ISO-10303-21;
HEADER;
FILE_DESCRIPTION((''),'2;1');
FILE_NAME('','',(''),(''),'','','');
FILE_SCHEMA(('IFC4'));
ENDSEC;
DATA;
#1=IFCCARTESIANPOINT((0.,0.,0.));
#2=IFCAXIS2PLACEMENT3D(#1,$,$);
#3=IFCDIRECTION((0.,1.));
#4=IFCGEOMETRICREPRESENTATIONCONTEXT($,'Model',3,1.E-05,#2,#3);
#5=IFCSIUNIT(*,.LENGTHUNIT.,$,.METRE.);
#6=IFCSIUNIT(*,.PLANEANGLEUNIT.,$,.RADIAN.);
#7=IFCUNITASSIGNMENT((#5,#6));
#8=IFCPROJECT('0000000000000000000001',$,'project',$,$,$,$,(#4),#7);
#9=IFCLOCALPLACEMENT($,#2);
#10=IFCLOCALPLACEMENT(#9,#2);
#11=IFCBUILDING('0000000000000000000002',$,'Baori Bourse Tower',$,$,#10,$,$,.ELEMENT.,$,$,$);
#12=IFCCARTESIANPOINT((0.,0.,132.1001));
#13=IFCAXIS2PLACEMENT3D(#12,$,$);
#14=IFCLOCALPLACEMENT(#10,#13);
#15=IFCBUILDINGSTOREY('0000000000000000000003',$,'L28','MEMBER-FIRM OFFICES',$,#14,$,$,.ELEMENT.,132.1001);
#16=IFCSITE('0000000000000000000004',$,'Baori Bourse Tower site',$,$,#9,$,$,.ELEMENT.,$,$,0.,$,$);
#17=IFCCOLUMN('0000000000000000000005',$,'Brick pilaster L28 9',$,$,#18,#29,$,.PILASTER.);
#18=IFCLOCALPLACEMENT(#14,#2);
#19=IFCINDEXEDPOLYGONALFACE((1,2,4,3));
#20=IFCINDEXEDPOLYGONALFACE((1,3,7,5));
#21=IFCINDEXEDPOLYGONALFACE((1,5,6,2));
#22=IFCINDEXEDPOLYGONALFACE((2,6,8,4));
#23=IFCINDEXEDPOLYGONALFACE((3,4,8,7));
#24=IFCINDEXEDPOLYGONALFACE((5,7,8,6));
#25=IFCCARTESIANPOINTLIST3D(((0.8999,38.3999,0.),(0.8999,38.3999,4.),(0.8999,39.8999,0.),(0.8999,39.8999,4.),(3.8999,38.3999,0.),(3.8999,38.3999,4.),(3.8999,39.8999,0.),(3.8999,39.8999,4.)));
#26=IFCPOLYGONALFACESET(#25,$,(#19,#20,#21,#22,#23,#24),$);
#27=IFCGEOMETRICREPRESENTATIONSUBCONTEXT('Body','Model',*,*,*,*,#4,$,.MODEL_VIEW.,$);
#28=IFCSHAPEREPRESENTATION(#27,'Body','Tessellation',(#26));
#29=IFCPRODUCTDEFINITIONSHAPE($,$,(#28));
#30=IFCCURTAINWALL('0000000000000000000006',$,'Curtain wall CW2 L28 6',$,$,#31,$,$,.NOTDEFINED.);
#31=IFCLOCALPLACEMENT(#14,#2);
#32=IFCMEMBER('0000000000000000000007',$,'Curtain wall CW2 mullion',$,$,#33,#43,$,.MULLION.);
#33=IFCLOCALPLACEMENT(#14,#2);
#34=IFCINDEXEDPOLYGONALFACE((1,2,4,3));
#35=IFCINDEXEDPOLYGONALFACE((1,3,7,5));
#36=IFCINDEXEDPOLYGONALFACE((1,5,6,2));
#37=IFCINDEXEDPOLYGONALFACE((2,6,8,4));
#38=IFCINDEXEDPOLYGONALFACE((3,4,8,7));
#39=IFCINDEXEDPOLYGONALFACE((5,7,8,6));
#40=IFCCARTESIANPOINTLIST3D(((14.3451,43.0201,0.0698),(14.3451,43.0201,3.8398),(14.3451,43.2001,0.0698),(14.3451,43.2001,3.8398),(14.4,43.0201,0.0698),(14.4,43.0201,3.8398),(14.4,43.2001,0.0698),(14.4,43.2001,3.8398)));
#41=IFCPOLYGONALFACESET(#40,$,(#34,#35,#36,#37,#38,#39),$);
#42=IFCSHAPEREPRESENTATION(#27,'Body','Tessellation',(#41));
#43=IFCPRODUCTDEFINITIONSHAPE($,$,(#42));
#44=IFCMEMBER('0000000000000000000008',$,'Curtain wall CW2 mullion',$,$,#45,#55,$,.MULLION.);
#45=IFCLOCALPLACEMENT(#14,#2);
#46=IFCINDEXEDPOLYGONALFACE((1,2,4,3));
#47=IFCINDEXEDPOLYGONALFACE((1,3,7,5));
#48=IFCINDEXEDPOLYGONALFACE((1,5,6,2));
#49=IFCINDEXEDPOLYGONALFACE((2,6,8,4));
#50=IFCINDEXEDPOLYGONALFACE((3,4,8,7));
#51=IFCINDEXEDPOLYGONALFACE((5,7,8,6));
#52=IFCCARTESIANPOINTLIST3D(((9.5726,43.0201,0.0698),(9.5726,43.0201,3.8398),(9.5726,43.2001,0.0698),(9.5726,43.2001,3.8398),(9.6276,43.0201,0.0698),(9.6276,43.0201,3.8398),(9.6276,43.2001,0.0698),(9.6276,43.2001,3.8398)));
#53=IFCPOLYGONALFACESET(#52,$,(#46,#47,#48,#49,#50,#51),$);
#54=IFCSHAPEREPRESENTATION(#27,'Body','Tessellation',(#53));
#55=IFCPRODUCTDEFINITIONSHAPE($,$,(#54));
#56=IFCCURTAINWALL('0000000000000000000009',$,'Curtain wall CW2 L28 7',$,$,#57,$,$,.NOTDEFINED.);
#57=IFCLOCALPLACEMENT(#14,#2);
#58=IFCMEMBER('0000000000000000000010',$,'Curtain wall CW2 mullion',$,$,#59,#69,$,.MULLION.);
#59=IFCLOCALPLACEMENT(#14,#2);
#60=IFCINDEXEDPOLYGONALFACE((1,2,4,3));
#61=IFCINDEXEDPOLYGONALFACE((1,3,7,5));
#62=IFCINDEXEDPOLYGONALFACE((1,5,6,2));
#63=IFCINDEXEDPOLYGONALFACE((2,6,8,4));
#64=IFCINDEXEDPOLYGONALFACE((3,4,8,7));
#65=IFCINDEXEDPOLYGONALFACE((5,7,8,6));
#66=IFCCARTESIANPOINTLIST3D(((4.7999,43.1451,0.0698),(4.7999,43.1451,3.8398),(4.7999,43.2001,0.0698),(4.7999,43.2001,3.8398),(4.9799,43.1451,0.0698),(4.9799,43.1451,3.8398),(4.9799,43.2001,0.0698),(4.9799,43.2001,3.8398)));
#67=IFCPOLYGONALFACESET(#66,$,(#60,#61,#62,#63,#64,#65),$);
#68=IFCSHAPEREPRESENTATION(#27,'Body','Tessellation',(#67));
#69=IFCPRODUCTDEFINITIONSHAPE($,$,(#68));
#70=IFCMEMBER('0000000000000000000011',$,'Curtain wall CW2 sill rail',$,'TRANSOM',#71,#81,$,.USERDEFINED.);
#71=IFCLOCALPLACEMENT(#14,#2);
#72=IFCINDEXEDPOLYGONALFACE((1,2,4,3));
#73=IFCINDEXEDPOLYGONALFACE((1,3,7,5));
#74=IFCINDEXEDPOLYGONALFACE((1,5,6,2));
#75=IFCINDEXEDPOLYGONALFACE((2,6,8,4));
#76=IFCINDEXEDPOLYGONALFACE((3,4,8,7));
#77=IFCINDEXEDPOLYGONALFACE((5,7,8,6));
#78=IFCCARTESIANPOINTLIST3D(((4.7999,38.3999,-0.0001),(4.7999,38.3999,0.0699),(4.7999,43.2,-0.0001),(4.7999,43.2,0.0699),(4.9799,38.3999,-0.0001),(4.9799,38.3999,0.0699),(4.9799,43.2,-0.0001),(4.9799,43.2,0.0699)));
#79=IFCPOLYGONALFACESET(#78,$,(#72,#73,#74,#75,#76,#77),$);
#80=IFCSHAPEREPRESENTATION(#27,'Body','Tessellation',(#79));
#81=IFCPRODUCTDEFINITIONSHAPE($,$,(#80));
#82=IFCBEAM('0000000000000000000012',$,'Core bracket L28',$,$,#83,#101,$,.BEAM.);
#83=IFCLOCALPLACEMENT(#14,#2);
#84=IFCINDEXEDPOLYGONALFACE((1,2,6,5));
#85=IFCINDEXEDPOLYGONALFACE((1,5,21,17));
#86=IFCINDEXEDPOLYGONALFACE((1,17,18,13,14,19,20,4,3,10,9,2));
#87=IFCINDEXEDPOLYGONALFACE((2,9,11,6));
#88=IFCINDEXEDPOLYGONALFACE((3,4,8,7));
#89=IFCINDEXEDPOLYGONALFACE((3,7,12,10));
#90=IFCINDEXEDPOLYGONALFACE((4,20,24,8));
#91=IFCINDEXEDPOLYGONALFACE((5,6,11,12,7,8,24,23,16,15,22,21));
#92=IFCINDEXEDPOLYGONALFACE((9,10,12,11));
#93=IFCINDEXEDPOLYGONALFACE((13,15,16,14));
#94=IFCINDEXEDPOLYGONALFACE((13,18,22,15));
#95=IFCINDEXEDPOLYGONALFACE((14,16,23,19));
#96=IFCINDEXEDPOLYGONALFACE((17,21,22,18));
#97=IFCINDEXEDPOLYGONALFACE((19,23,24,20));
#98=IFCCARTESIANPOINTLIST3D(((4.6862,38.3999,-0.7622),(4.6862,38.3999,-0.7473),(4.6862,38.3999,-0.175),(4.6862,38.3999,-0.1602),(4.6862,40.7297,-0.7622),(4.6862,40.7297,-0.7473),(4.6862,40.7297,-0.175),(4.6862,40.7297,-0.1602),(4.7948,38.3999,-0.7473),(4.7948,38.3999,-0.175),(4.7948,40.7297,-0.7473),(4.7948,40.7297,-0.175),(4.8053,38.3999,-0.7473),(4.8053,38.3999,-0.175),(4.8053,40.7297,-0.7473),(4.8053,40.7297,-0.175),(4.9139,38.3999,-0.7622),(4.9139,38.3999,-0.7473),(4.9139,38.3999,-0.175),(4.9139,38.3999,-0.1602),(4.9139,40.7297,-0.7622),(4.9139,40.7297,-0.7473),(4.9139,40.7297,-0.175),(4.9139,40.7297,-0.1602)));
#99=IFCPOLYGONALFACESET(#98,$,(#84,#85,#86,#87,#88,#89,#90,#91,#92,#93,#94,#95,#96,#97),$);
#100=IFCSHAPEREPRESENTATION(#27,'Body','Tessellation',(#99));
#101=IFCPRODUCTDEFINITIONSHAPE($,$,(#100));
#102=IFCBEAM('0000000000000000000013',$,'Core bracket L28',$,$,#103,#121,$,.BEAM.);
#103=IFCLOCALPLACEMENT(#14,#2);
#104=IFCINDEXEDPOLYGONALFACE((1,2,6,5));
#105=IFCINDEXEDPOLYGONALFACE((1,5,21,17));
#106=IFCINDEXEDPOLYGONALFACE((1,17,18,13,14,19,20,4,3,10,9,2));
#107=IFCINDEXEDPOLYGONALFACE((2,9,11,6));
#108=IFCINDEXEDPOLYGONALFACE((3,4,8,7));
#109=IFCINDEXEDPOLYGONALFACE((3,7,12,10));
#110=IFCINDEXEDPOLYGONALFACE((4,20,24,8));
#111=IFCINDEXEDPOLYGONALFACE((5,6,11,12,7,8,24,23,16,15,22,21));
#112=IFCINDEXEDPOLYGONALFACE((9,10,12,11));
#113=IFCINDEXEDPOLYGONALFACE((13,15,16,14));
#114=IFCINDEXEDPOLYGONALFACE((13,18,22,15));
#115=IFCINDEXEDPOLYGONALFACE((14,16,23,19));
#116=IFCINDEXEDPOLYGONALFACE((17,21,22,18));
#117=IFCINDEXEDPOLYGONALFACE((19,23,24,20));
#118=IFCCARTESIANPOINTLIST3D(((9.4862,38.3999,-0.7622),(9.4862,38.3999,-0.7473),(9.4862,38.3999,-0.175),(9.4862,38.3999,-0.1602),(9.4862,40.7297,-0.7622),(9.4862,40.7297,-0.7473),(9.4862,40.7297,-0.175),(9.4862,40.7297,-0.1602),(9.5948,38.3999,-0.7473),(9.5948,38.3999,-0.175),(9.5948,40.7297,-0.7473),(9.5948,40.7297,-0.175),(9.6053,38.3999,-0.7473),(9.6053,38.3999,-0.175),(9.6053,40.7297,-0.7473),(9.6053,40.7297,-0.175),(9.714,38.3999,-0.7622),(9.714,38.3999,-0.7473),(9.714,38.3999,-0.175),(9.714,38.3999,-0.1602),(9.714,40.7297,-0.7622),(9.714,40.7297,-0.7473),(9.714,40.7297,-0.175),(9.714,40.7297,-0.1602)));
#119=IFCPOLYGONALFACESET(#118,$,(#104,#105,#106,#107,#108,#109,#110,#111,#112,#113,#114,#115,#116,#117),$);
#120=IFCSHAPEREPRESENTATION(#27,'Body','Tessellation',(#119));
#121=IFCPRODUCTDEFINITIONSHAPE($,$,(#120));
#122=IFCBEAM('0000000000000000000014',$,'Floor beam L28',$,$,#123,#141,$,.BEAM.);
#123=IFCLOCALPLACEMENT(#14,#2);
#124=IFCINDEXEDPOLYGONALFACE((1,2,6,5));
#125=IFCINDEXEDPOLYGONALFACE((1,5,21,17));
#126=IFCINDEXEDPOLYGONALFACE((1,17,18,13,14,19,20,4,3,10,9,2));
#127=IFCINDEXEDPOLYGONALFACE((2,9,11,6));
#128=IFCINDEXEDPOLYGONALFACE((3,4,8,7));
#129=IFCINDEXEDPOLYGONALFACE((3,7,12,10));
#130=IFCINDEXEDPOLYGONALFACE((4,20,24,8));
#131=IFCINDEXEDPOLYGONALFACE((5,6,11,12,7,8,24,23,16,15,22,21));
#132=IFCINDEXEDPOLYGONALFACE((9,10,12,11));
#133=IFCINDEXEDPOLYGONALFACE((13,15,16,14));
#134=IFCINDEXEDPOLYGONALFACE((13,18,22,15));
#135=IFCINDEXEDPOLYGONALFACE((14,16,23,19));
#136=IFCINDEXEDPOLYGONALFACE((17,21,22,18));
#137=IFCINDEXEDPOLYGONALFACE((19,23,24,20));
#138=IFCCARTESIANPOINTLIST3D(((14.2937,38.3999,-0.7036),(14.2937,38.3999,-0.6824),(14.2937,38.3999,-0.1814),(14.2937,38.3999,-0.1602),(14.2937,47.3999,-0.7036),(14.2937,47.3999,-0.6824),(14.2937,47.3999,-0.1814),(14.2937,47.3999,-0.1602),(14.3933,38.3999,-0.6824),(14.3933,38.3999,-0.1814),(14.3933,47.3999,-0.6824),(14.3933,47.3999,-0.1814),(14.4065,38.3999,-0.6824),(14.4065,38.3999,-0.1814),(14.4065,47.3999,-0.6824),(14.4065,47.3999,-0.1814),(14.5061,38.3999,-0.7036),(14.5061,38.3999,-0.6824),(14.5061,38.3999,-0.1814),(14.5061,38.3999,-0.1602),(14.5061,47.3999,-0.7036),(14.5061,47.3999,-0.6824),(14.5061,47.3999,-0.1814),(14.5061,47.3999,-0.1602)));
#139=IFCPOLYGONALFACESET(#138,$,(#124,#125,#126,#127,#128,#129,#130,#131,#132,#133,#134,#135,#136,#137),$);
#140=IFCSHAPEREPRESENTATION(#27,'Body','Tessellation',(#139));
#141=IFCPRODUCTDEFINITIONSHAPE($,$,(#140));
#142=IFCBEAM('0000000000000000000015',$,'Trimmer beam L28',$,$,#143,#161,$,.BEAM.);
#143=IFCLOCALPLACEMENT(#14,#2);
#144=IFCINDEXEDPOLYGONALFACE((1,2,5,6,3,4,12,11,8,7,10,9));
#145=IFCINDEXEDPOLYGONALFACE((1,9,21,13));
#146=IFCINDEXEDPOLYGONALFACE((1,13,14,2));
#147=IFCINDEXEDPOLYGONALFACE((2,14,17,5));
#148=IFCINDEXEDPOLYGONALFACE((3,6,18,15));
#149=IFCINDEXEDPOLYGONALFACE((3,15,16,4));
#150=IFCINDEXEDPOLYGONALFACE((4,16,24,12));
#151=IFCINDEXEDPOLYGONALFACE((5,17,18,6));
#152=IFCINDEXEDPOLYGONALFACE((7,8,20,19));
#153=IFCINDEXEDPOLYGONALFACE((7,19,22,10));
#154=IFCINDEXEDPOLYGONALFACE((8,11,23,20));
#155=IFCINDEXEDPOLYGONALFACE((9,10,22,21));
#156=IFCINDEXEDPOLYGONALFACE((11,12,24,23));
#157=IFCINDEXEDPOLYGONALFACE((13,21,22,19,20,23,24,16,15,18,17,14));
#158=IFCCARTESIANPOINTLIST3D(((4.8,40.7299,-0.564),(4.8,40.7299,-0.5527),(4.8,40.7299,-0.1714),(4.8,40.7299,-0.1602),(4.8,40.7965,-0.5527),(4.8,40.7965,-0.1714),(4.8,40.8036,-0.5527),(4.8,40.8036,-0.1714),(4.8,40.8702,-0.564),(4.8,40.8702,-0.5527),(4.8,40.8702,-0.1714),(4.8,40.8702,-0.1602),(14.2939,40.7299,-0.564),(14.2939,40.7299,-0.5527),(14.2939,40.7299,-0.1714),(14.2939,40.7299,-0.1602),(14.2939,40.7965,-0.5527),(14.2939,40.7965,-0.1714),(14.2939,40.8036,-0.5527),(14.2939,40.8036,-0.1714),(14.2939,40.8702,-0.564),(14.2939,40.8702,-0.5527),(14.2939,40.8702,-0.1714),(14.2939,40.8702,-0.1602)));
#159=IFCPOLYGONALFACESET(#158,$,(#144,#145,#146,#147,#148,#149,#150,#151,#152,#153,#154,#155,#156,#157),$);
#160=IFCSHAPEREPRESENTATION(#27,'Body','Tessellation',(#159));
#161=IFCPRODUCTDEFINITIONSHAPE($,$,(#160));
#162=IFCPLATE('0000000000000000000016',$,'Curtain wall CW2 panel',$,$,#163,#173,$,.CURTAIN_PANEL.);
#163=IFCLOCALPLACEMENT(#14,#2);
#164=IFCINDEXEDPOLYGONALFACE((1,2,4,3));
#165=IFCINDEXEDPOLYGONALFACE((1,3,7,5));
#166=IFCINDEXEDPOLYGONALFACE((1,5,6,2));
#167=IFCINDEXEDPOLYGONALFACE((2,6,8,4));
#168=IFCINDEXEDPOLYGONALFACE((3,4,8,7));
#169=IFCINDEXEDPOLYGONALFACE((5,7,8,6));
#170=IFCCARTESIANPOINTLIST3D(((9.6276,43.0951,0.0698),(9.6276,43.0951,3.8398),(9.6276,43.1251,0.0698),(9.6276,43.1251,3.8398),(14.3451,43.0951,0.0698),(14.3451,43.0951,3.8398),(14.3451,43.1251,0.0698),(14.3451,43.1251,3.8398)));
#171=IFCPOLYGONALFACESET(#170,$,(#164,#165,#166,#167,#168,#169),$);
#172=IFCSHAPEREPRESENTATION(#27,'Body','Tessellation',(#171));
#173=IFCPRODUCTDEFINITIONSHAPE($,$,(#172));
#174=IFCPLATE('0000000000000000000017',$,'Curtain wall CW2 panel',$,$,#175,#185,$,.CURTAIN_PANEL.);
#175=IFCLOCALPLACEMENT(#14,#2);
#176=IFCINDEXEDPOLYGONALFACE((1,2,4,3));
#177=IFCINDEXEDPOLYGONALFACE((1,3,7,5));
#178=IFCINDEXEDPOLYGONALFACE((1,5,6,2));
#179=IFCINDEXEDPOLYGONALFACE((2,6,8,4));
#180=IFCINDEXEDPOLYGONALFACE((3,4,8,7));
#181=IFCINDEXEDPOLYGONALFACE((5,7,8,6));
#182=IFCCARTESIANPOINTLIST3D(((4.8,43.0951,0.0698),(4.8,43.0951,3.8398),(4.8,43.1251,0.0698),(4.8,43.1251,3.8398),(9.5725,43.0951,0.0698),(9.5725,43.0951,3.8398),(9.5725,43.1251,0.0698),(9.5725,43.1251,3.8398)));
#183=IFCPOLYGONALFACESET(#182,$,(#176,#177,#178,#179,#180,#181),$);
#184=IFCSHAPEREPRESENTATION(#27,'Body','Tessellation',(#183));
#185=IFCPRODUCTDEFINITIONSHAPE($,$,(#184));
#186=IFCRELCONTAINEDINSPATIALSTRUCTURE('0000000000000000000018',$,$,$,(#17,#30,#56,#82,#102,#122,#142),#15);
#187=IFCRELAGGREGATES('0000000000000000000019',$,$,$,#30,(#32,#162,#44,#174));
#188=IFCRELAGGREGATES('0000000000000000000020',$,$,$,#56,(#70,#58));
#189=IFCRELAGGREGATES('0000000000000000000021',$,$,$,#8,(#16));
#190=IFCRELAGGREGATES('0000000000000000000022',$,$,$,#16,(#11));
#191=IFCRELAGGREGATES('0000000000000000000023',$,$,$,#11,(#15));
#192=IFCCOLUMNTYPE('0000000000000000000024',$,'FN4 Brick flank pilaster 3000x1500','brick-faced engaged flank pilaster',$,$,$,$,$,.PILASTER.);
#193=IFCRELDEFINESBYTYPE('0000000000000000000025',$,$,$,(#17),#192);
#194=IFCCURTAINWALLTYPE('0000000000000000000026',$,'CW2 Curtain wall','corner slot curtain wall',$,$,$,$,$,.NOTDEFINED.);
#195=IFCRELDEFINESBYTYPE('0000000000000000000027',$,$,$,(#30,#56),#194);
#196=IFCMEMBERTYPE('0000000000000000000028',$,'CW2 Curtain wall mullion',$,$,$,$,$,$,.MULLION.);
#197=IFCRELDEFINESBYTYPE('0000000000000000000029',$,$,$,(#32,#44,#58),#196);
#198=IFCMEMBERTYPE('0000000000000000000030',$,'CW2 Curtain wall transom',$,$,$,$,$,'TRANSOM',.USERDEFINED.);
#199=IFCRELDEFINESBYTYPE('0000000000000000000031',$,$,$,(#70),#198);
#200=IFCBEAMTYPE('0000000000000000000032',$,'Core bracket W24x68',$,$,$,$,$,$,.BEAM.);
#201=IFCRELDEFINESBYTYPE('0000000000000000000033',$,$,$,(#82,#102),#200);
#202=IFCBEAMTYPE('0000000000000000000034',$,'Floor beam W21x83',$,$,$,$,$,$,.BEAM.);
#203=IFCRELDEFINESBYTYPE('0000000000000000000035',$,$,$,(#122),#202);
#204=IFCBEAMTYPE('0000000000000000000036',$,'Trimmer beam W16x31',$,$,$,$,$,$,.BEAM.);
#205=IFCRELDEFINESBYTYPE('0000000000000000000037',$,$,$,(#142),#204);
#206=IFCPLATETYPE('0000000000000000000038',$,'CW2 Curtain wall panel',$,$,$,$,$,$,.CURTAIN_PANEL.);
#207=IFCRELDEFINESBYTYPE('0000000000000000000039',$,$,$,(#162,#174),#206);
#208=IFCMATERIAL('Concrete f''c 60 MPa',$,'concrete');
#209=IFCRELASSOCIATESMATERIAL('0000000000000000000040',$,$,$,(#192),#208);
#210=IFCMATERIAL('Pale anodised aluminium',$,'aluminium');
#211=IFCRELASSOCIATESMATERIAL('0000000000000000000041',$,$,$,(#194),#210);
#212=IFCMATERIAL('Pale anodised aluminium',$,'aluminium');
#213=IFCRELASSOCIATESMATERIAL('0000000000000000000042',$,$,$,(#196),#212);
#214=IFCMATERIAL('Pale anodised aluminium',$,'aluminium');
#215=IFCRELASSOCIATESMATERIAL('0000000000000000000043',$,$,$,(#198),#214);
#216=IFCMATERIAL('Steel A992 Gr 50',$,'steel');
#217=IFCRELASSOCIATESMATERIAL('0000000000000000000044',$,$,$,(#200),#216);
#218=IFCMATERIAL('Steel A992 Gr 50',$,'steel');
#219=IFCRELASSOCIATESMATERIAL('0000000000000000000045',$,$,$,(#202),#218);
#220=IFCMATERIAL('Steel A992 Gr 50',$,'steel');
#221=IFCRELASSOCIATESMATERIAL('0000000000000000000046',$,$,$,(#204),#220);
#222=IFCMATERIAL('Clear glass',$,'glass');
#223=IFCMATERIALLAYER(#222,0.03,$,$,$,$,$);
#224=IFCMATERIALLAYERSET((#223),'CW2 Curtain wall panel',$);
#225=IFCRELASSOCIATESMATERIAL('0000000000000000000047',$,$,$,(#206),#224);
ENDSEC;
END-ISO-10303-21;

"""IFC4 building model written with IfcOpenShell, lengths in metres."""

from ifc_helpers import new_model, si_unit, direction, frame, origin, origin_2d, place, context, subcontext, project, spatial, rectangle, i_section, extrude, material, layer, layer_set, material_profile, profile_set, type_object, element, aggregate, save


model = new_model("IFC4")

# Units and contexts
model_context = context("Model", 3, precision=1e-05, world=origin(), true_north=direction((0.0, 1.0)))
body_context = subcontext(model_context, "Body", "Model", "MODEL_VIEW")
ifc_project = project(units=[si_unit("LENGTHUNIT", "METRE"), si_unit("PLANEANGLEUNIT", "RADIAN")], contexts=[model_context])

# Site, building, storey
site_placement = place(None, origin())
site = spatial("IfcSite", under=ifc_project, at=site_placement, Name="Baori Bourse Tower site", CompositionType="ELEMENT", RefElevation=0.0)
building_placement = place(site_placement, origin())
building = spatial("IfcBuilding", under=site, at=building_placement, Name="Baori Bourse Tower", CompositionType="ELEMENT")
storey_placement = place(building_placement, frame((0.0, 0.0, 132.1001)))
storey = spatial("IfcBuildingStorey", under=building, at=storey_placement, Name="L28", Description="MEMBER-FIRM OFFICES", CompositionType="ELEMENT", Elevation=132.1001)

# Column
ifc_material_1 = material(Name="Concrete f'c 60 MPa", Category="concrete")
ifc_material_profile_1 = material_profile(ifc_material_1, rectangle(XDim=3.0, YDim=1.5, at=origin_2d()), Name="RC 3000x1500")
ifc_profile_set_1 = profile_set([ifc_material_profile_1], Name="Concrete f'c 60 MPa")
column_type = type_object("IfcColumnType", Name="FN4 Brick flank pilaster 3000x1500", Description="brick-faced engaged flank pilaster", PredefinedType="PILASTER", material=ifc_profile_set_1)
column_placement = place(storey_placement, frame((2.3999, 39.1499, 0.0), z_axis=(0.0, 0.0, 1.0), x_axis=(1.0, 0.0, 0.0)))
element("IfcColumn", 1, at=column_placement, inside=storey, type_object=column_type, Name="Brick pilaster L28 9", PredefinedType="PILASTER", context=body_context, shape_type="SweptSolid", body=[
    extrude(rectangle(XDim=3.0, YDim=1.5, at=origin_2d()), origin(), (0.0, 0.0, 1.0), 4.0),
])

# Curtain walls, members
ifc_material_2 = material(Name="Pale anodised aluminium", Category="aluminium")
curtain_wall_type = type_object("IfcCurtainWallType", Name="CW2 Curtain wall", Description="corner slot curtain wall", PredefinedType="NOTDEFINED", material=ifc_material_2)
curtain_wall_1_placement = place(storey_placement, origin())
curtain_wall_1 = element("IfcCurtainWall", 2, at=curtain_wall_1_placement, inside=storey, type_object=curtain_wall_type, Name="Curtain wall CW2 L28 6", PredefinedType="NOTDEFINED")
ifc_material_3 = material(Name="Pale anodised aluminium", Category="aluminium")
ifc_material_profile_2 = material_profile(ifc_material_3, rectangle(XDim=0.1799, YDim=0.0549, at=origin_2d()), Name="Mullion 55x180")
ifc_profile_set_2 = profile_set([ifc_material_profile_2], Name="Pale anodised aluminium")
member_type_1 = type_object("IfcMemberType", Name="CW2 Curtain wall mullion", PredefinedType="MULLION", material=ifc_profile_set_2)
member_1_placement = place(storey_placement, frame((14.3726, 43.1101, 0.0698), z_axis=(0.0, 0.0, 1.0), x_axis=(0.0, -1.0, 0.0)))
member_1 = element("IfcMember", 3, at=member_1_placement, type_object=member_type_1, Name="Curtain wall CW2 mullion", PredefinedType="MULLION", context=body_context, shape_type="SweptSolid", body=[
    extrude(rectangle(XDim=0.1799, YDim=0.0549, at=origin_2d()), origin(), (0.0, 0.0, 1.0), 3.77),
])
member_2_placement = place(storey_placement, frame((9.6001, 43.1101, 0.0698), z_axis=(0.0, 0.0, 1.0), x_axis=(0.0, -1.0, 0.0)))
member_2 = element("IfcMember", 4, at=member_2_placement, type_object=member_type_1, Name="Curtain wall CW2 mullion", PredefinedType="MULLION", context=body_context, shape_type="SweptSolid", body=[
    extrude(rectangle(XDim=0.1799, YDim=0.0549, at=origin_2d()), origin(), (0.0, 0.0, 1.0), 3.77),
])
curtain_wall_2_placement = place(storey_placement, origin())
curtain_wall_2 = element("IfcCurtainWall", 5, at=curtain_wall_2_placement, inside=storey, type_object=curtain_wall_type, Name="Curtain wall CW2 L28 7", PredefinedType="NOTDEFINED")
member_3_placement = place(storey_placement, frame((4.8899, 43.1726, 0.0698), z_axis=(0.0, 0.0, 1.0), x_axis=(1.0, 0.0, 0.0)))
member_3 = element("IfcMember", 6, at=member_3_placement, type_object=member_type_1, Name="Curtain wall CW2 mullion", PredefinedType="MULLION", context=body_context, shape_type="SweptSolid", body=[
    extrude(rectangle(XDim=0.1799, YDim=0.0549, at=origin_2d()), origin(), (0.0, 0.0, 1.0), 3.77),
])
ifc_material_4 = material(Name="Pale anodised aluminium", Category="aluminium")
ifc_material_profile_3 = material_profile(ifc_material_4, rectangle(XDim=0.1799, YDim=0.0701, at=origin_2d()), Name="Transom 70x180")
ifc_profile_set_3 = profile_set([ifc_material_profile_3], Name="Pale anodised aluminium")
member_type_2 = type_object("IfcMemberType", Name="CW2 Curtain wall transom", ElementType="TRANSOM", PredefinedType="USERDEFINED", material=ifc_profile_set_3)
member_4_placement = place(storey_placement, frame((4.8899, 43.2, 0.0349), z_axis=(0.0, -1.0, 0.0), x_axis=(1.0, 0.0, 0.0)))
member_4 = element("IfcMember", 7, at=member_4_placement, type_object=member_type_2, Name="Curtain wall CW2 sill rail", ObjectType="TRANSOM", PredefinedType="USERDEFINED", context=body_context, shape_type="SweptSolid", body=[
    extrude(rectangle(XDim=0.1799, YDim=0.0701, at=origin_2d()), origin(), (0.0, 0.0, 1.0), 4.8),
])

# Beams
ifc_material_5 = material(Name="Steel A992 Gr 50", Category="steel")
ifc_material_profile_4 = material_profile(ifc_material_5, i_section(OverallWidth=0.2278, OverallDepth=0.6021, WebThickness=0.0105, FlangeThickness=0.0149, at=origin_2d()), Name="W24x68")
ifc_profile_set_4 = profile_set([ifc_material_profile_4], Name="Steel A992 Gr 50")
beam_type_1 = type_object("IfcBeamType", Name="Core bracket W24x68", PredefinedType="BEAM", material=ifc_profile_set_4)
for number, where, z_axis, x_axis, name in (
    (8, (4.8, 38.3999, -0.4612), (0.0, 1.0, 0.0), (-1.0, 0.0, 0.0), "Core bracket L28"),
    (9, (9.6001, 38.3999, -0.4612), (0.0, 1.0, 0.0), (-1.0, 0.0, 0.0), "Core bracket L28"),
):
    element("IfcBeam", number, at=place(storey_placement, frame(where, z_axis=z_axis, x_axis=x_axis)), inside=storey, type_object=beam_type_1, Name=name, PredefinedType="BEAM", context=body_context, shape_type="SweptSolid", body=[
        extrude(i_section(OverallWidth=0.2278, OverallDepth=0.6021, WebThickness=0.0105, FlangeThickness=0.0149, at=origin_2d()), origin(), (0.0, 0.0, 1.0), 2.3298),
    ])
ifc_material_6 = material(Name="Steel A992 Gr 50", Category="steel")
ifc_material_profile_5 = material_profile(ifc_material_6, i_section(OverallWidth=0.2124, OverallDepth=0.5435, WebThickness=0.0132, FlangeThickness=0.0212, at=origin_2d()), Name="W21x83")
ifc_profile_set_5 = profile_set([ifc_material_profile_5], Name="Steel A992 Gr 50")
beam_type_2 = type_object("IfcBeamType", Name="Floor beam W21x83", PredefinedType="BEAM", material=ifc_profile_set_5)
beam_1_placement = place(storey_placement, frame((14.3999, 38.3999, -0.4319), z_axis=(0.0, 1.0, 0.0), x_axis=(-1.0, 0.0, 0.0)))
element("IfcBeam", 10, at=beam_1_placement, inside=storey, type_object=beam_type_2, Name="Floor beam L28", PredefinedType="BEAM", context=body_context, shape_type="SweptSolid", body=[
    extrude(i_section(OverallWidth=0.2124, OverallDepth=0.5435, WebThickness=0.0132, FlangeThickness=0.0212, at=origin_2d()), origin(), (0.0, 0.0, 1.0), 9.0),
])
ifc_material_7 = material(Name="Steel A992 Gr 50", Category="steel")
ifc_material_profile_6 = material_profile(ifc_material_7, i_section(OverallWidth=0.1404, OverallDepth=0.4038, WebThickness=0.0071, FlangeThickness=0.0112, at=origin_2d()), Name="W16x31")
ifc_profile_set_6 = profile_set([ifc_material_profile_6], Name="Steel A992 Gr 50")
beam_type_3 = type_object("IfcBeamType", Name="Trimmer beam W16x31", PredefinedType="BEAM", material=ifc_profile_set_6)
beam_2_placement = place(storey_placement, frame((4.8, 40.8, -0.3621), z_axis=(1.0, 0.0, 0.0), x_axis=(0.0, 1.0, 0.0)))
element("IfcBeam", 11, at=beam_2_placement, inside=storey, type_object=beam_type_3, Name="Trimmer beam L28", PredefinedType="BEAM", context=body_context, shape_type="SweptSolid", body=[
    extrude(i_section(OverallWidth=0.1404, OverallDepth=0.4038, WebThickness=0.0071, FlangeThickness=0.0112, at=origin_2d()), origin(), (0.0, 0.0, 1.0), 9.4939),
])

# Plates
ifc_material_8 = material(Name="Clear glass", Category="glass")
ifc_layer_1 = layer(ifc_material_8, 0.03)
ifc_layer_set_1 = layer_set([ifc_layer_1], Name="CW2 Curtain wall panel")
plate_type = type_object("IfcPlateType", Name="CW2 Curtain wall panel", PredefinedType="CURTAIN_PANEL", material=ifc_layer_set_1)
plate_1_placement = place(storey_placement, frame((11.9863, 43.1101, 0.0698), z_axis=(0.0, 0.0, 1.0), x_axis=(-1.0, 0.0, 0.0)))
plate_1 = element("IfcPlate", 12, at=plate_1_placement, type_object=plate_type, Name="Curtain wall CW2 panel", PredefinedType="CURTAIN_PANEL", context=body_context, shape_type="SweptSolid", body=[
    extrude(rectangle(XDim=4.7175, YDim=0.03, at=origin_2d()), origin(), (0.0, 0.0, 1.0), 3.77),
])
plate_2_placement = place(storey_placement, frame((7.1863, 43.1101, 0.0698), z_axis=(0.0, 0.0, 1.0), x_axis=(-1.0, 0.0, 0.0)))
plate_2 = element("IfcPlate", 13, at=plate_2_placement, type_object=plate_type, Name="Curtain wall CW2 panel", PredefinedType="CURTAIN_PANEL", context=body_context, shape_type="SweptSolid", body=[
    extrude(rectangle(XDim=4.7725, YDim=0.03, at=origin_2d()), origin(), (0.0, 0.0, 1.0), 3.77),
])
aggregate(curtain_wall_1, [member_1, plate_1, member_2, plate_2])
aggregate(curtain_wall_2, [member_4, member_3])

save(model, "model.ifc")
